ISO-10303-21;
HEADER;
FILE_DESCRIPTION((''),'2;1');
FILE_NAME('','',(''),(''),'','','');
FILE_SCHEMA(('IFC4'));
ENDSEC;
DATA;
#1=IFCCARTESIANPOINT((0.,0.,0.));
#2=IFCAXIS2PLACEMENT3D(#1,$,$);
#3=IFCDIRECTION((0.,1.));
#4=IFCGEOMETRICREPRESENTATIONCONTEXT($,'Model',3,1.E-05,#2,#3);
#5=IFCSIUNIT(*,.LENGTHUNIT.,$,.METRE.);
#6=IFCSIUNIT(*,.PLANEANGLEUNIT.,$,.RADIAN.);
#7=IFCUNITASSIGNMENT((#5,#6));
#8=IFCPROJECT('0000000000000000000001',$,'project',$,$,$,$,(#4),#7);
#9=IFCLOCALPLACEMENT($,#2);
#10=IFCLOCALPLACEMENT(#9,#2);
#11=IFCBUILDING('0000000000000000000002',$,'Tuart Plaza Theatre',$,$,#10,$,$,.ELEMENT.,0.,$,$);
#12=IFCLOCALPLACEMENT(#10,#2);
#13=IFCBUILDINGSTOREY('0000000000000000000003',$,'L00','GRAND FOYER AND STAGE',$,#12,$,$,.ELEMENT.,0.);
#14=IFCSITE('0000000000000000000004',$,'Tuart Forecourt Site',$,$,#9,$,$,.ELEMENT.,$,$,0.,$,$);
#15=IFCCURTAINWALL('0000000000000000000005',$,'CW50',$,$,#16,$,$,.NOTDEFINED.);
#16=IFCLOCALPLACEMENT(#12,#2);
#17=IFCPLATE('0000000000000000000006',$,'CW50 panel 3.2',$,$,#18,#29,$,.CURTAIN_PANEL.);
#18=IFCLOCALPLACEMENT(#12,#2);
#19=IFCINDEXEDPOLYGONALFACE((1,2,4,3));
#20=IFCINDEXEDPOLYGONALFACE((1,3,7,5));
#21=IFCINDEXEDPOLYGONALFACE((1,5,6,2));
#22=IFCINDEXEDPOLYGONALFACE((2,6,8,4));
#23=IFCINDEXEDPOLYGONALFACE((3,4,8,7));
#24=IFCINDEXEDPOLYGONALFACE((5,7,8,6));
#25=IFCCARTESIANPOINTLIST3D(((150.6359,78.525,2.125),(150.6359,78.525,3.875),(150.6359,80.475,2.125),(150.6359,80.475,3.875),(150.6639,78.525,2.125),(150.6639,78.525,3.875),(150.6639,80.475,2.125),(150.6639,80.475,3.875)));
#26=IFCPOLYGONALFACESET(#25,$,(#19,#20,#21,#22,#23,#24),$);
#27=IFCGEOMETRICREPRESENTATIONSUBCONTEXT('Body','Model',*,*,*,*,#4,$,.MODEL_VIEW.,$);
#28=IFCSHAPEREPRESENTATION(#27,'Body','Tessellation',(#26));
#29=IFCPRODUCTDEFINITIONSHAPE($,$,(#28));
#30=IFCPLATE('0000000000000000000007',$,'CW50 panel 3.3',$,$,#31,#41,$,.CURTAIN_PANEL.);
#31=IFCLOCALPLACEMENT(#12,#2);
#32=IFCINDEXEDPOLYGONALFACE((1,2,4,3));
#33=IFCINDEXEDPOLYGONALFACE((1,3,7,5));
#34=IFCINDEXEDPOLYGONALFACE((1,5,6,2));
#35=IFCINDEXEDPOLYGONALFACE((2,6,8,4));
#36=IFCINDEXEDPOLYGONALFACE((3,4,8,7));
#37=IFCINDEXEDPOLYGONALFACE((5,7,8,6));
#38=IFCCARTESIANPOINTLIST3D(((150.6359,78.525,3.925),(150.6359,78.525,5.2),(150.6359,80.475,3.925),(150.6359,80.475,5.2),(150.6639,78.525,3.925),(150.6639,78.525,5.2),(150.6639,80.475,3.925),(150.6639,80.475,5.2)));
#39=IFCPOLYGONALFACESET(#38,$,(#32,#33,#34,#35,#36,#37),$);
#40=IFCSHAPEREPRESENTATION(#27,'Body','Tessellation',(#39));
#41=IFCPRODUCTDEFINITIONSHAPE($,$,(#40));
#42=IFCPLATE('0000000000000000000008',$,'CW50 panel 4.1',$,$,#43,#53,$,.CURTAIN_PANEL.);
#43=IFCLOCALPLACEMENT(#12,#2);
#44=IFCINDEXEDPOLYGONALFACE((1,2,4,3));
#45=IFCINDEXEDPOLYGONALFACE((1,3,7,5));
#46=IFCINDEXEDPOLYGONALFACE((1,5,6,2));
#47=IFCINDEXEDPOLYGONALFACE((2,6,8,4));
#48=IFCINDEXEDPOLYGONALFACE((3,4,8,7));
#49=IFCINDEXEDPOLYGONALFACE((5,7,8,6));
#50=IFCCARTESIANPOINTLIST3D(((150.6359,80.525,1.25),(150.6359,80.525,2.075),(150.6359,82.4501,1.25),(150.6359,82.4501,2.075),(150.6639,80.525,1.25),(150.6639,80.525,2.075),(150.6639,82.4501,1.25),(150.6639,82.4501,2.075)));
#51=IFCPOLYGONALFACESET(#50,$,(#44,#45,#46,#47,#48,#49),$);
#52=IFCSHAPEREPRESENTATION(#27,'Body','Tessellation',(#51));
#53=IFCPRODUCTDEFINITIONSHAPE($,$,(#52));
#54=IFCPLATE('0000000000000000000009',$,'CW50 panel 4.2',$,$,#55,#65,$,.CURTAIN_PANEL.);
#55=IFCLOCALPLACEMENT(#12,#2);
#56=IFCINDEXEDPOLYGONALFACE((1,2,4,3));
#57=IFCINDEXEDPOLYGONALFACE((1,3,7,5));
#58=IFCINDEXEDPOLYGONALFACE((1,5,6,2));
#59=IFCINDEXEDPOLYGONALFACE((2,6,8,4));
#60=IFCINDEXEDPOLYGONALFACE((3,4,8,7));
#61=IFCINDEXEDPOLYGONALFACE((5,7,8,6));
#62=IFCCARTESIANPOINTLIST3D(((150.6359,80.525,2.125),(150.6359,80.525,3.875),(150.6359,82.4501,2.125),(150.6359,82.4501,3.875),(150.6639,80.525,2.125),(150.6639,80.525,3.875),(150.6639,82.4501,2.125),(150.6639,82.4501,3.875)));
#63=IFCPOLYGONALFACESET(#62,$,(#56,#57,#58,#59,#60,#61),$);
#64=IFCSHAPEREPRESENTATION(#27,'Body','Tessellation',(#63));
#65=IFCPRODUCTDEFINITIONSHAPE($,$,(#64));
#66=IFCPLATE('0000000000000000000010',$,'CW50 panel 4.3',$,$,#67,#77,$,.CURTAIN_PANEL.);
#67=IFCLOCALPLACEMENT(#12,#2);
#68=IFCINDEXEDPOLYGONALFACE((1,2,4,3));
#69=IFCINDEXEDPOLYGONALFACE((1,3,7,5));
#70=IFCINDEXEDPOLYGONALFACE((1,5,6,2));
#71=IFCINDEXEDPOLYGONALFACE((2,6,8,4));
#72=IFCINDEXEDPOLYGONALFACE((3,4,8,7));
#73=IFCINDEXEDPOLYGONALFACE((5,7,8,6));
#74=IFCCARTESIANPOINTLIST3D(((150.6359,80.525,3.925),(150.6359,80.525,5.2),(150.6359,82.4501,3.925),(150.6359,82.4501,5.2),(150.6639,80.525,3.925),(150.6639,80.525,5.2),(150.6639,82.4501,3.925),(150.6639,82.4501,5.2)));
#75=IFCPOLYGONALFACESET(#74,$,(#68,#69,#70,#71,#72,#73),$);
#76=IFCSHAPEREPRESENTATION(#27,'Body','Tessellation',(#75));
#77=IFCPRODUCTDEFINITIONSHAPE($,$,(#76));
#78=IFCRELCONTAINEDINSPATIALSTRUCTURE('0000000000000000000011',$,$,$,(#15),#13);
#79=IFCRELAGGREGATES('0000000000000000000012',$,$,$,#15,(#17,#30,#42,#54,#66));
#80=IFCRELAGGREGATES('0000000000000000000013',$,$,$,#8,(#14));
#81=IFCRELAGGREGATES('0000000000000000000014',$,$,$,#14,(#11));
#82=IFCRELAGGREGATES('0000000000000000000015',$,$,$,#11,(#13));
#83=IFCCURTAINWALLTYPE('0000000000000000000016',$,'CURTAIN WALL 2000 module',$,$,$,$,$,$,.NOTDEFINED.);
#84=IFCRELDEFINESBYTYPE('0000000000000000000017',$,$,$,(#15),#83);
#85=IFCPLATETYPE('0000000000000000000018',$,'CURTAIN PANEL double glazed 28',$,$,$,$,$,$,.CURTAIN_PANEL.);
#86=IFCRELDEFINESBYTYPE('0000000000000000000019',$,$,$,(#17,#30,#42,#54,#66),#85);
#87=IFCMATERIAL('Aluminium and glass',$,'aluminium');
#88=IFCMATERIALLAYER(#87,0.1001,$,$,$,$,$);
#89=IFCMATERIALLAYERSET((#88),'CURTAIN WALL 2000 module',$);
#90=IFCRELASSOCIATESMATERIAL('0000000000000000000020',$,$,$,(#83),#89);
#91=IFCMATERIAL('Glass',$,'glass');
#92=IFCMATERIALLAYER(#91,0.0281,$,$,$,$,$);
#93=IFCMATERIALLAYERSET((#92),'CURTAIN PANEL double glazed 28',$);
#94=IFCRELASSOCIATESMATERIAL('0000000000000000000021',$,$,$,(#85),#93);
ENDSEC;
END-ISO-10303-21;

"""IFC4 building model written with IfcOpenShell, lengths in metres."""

from ifc_helpers import new_model, si_unit, direction, frame, origin, origin_2d, place, context, subcontext, project, spatial, rectangle, extrude, material, layer, layer_set, type_object, element, aggregate, save


model = new_model("IFC4")

# Units and contexts
model_context = context("Model", 3, precision=1e-05, world=origin(), true_north=direction((0.0, 1.0)))
body_context = subcontext(model_context, "Body", "Model", "MODEL_VIEW")
ifc_project = project(units=[si_unit("LENGTHUNIT", "METRE"), si_unit("PLANEANGLEUNIT", "RADIAN")], contexts=[model_context])

# Site, building, storey
site_placement = place(None, origin())
site = spatial("IfcSite", under=ifc_project, at=site_placement, Name="Tuart Forecourt Site", CompositionType="ELEMENT", RefElevation=0.0)
building_placement = place(site_placement, origin())
building = spatial("IfcBuilding", under=site, at=building_placement, Name="Tuart Plaza Theatre", CompositionType="ELEMENT", ElevationOfRefHeight=0.0)
storey_placement = place(building_placement, origin())
storey = spatial("IfcBuildingStorey", under=building, at=storey_placement, Name="L00", Description="GRAND FOYER AND STAGE", CompositionType="ELEMENT", Elevation=0.0)

# Curtain wall, plates
ifc_material_1 = material(Name="Aluminium and glass", Category="aluminium")
ifc_layer_1 = layer(ifc_material_1, 0.1001)
ifc_layer_set_1 = layer_set([ifc_layer_1], Name="CURTAIN WALL 2000 module")
curtain_wall_type = type_object("IfcCurtainWallType", Name="CURTAIN WALL 2000 module", PredefinedType="NOTDEFINED", material=ifc_layer_set_1)
curtain_wall_placement = place(storey_placement, origin())
curtain_wall = element("IfcCurtainWall", 1, at=curtain_wall_placement, inside=storey, type_object=curtain_wall_type, Name="CW50", PredefinedType="NOTDEFINED")
ifc_material_2 = material(Name="Glass", Category="glass")
ifc_layer_2 = layer(ifc_material_2, 0.0281)
ifc_layer_set_2 = layer_set([ifc_layer_2], Name="CURTAIN PANEL double glazed 28")
plate_type = type_object("IfcPlateType", Name="CURTAIN PANEL double glazed 28", PredefinedType="CURTAIN_PANEL", material=ifc_layer_set_2)
plate_1_placement = place(storey_placement, frame((150.6499, 79.5, 2.125), z_axis=(0.0, 0.0, 1.0), x_axis=(0.0, 1.0, 0.0)))
plate_1 = element("IfcPlate", 2, at=plate_1_placement, type_object=plate_type, Name="CW50 panel 3.2", PredefinedType="CURTAIN_PANEL", context=body_context, shape_type="SweptSolid", body=[
    extrude(rectangle(XDim=1.95, YDim=0.0281, at=origin_2d()), origin(), (0.0, 0.0, 1.0), 1.75),
])
plate_2_placement = place(storey_placement, frame((150.6499, 79.5, 3.925), z_axis=(0.0, 0.0, 1.0), x_axis=(0.0, 1.0, 0.0)))
plate_2 = element("IfcPlate", 3, at=plate_2_placement, type_object=plate_type, Name="CW50 panel 3.3", PredefinedType="CURTAIN_PANEL", context=body_context, shape_type="SweptSolid", body=[
    extrude(rectangle(XDim=1.95, YDim=0.0281, at=origin_2d()), origin(), (0.0, 0.0, 1.0), 1.2749),
])
plate_3_placement = place(storey_placement, frame((150.6499, 81.4875, 1.25), z_axis=(0.0, 0.0, 1.0), x_axis=(0.0, 1.0, 0.0)))
plate_3 = element("IfcPlate", 4, at=plate_3_placement, type_object=plate_type, Name="CW50 panel 4.1", PredefinedType="CURTAIN_PANEL", context=body_context, shape_type="SweptSolid", body=[
    extrude(rectangle(XDim=1.925, YDim=0.0281, at=origin_2d()), origin(), (0.0, 0.0, 1.0), 0.825),
])
plate_4_placement = place(storey_placement, frame((150.6499, 81.4875, 2.125), z_axis=(0.0, 0.0, 1.0), x_axis=(0.0, 1.0, 0.0)))
plate_4 = element("IfcPlate", 5, at=plate_4_placement, type_object=plate_type, Name="CW50 panel 4.2", PredefinedType="CURTAIN_PANEL", context=body_context, shape_type="SweptSolid", body=[
    extrude(rectangle(XDim=1.925, YDim=0.0281, at=origin_2d()), origin(), (0.0, 0.0, 1.0), 1.75),
])
plate_5_placement = place(storey_placement, frame((150.6499, 81.4875, 3.925), z_axis=(0.0, 0.0, 1.0), x_axis=(0.0, 1.0, 0.0)))
plate_5 = element("IfcPlate", 6, at=plate_5_placement, type_object=plate_type, Name="CW50 panel 4.3", PredefinedType="CURTAIN_PANEL", context=body_context, shape_type="SweptSolid", body=[
    extrude(rectangle(XDim=1.925, YDim=0.0281, at=origin_2d()), origin(), (0.0, 0.0, 1.0), 1.2749),
])
aggregate(curtain_wall, [plate_1, plate_2, plate_3, plate_4, plate_5])

save(model, "model.ifc")
